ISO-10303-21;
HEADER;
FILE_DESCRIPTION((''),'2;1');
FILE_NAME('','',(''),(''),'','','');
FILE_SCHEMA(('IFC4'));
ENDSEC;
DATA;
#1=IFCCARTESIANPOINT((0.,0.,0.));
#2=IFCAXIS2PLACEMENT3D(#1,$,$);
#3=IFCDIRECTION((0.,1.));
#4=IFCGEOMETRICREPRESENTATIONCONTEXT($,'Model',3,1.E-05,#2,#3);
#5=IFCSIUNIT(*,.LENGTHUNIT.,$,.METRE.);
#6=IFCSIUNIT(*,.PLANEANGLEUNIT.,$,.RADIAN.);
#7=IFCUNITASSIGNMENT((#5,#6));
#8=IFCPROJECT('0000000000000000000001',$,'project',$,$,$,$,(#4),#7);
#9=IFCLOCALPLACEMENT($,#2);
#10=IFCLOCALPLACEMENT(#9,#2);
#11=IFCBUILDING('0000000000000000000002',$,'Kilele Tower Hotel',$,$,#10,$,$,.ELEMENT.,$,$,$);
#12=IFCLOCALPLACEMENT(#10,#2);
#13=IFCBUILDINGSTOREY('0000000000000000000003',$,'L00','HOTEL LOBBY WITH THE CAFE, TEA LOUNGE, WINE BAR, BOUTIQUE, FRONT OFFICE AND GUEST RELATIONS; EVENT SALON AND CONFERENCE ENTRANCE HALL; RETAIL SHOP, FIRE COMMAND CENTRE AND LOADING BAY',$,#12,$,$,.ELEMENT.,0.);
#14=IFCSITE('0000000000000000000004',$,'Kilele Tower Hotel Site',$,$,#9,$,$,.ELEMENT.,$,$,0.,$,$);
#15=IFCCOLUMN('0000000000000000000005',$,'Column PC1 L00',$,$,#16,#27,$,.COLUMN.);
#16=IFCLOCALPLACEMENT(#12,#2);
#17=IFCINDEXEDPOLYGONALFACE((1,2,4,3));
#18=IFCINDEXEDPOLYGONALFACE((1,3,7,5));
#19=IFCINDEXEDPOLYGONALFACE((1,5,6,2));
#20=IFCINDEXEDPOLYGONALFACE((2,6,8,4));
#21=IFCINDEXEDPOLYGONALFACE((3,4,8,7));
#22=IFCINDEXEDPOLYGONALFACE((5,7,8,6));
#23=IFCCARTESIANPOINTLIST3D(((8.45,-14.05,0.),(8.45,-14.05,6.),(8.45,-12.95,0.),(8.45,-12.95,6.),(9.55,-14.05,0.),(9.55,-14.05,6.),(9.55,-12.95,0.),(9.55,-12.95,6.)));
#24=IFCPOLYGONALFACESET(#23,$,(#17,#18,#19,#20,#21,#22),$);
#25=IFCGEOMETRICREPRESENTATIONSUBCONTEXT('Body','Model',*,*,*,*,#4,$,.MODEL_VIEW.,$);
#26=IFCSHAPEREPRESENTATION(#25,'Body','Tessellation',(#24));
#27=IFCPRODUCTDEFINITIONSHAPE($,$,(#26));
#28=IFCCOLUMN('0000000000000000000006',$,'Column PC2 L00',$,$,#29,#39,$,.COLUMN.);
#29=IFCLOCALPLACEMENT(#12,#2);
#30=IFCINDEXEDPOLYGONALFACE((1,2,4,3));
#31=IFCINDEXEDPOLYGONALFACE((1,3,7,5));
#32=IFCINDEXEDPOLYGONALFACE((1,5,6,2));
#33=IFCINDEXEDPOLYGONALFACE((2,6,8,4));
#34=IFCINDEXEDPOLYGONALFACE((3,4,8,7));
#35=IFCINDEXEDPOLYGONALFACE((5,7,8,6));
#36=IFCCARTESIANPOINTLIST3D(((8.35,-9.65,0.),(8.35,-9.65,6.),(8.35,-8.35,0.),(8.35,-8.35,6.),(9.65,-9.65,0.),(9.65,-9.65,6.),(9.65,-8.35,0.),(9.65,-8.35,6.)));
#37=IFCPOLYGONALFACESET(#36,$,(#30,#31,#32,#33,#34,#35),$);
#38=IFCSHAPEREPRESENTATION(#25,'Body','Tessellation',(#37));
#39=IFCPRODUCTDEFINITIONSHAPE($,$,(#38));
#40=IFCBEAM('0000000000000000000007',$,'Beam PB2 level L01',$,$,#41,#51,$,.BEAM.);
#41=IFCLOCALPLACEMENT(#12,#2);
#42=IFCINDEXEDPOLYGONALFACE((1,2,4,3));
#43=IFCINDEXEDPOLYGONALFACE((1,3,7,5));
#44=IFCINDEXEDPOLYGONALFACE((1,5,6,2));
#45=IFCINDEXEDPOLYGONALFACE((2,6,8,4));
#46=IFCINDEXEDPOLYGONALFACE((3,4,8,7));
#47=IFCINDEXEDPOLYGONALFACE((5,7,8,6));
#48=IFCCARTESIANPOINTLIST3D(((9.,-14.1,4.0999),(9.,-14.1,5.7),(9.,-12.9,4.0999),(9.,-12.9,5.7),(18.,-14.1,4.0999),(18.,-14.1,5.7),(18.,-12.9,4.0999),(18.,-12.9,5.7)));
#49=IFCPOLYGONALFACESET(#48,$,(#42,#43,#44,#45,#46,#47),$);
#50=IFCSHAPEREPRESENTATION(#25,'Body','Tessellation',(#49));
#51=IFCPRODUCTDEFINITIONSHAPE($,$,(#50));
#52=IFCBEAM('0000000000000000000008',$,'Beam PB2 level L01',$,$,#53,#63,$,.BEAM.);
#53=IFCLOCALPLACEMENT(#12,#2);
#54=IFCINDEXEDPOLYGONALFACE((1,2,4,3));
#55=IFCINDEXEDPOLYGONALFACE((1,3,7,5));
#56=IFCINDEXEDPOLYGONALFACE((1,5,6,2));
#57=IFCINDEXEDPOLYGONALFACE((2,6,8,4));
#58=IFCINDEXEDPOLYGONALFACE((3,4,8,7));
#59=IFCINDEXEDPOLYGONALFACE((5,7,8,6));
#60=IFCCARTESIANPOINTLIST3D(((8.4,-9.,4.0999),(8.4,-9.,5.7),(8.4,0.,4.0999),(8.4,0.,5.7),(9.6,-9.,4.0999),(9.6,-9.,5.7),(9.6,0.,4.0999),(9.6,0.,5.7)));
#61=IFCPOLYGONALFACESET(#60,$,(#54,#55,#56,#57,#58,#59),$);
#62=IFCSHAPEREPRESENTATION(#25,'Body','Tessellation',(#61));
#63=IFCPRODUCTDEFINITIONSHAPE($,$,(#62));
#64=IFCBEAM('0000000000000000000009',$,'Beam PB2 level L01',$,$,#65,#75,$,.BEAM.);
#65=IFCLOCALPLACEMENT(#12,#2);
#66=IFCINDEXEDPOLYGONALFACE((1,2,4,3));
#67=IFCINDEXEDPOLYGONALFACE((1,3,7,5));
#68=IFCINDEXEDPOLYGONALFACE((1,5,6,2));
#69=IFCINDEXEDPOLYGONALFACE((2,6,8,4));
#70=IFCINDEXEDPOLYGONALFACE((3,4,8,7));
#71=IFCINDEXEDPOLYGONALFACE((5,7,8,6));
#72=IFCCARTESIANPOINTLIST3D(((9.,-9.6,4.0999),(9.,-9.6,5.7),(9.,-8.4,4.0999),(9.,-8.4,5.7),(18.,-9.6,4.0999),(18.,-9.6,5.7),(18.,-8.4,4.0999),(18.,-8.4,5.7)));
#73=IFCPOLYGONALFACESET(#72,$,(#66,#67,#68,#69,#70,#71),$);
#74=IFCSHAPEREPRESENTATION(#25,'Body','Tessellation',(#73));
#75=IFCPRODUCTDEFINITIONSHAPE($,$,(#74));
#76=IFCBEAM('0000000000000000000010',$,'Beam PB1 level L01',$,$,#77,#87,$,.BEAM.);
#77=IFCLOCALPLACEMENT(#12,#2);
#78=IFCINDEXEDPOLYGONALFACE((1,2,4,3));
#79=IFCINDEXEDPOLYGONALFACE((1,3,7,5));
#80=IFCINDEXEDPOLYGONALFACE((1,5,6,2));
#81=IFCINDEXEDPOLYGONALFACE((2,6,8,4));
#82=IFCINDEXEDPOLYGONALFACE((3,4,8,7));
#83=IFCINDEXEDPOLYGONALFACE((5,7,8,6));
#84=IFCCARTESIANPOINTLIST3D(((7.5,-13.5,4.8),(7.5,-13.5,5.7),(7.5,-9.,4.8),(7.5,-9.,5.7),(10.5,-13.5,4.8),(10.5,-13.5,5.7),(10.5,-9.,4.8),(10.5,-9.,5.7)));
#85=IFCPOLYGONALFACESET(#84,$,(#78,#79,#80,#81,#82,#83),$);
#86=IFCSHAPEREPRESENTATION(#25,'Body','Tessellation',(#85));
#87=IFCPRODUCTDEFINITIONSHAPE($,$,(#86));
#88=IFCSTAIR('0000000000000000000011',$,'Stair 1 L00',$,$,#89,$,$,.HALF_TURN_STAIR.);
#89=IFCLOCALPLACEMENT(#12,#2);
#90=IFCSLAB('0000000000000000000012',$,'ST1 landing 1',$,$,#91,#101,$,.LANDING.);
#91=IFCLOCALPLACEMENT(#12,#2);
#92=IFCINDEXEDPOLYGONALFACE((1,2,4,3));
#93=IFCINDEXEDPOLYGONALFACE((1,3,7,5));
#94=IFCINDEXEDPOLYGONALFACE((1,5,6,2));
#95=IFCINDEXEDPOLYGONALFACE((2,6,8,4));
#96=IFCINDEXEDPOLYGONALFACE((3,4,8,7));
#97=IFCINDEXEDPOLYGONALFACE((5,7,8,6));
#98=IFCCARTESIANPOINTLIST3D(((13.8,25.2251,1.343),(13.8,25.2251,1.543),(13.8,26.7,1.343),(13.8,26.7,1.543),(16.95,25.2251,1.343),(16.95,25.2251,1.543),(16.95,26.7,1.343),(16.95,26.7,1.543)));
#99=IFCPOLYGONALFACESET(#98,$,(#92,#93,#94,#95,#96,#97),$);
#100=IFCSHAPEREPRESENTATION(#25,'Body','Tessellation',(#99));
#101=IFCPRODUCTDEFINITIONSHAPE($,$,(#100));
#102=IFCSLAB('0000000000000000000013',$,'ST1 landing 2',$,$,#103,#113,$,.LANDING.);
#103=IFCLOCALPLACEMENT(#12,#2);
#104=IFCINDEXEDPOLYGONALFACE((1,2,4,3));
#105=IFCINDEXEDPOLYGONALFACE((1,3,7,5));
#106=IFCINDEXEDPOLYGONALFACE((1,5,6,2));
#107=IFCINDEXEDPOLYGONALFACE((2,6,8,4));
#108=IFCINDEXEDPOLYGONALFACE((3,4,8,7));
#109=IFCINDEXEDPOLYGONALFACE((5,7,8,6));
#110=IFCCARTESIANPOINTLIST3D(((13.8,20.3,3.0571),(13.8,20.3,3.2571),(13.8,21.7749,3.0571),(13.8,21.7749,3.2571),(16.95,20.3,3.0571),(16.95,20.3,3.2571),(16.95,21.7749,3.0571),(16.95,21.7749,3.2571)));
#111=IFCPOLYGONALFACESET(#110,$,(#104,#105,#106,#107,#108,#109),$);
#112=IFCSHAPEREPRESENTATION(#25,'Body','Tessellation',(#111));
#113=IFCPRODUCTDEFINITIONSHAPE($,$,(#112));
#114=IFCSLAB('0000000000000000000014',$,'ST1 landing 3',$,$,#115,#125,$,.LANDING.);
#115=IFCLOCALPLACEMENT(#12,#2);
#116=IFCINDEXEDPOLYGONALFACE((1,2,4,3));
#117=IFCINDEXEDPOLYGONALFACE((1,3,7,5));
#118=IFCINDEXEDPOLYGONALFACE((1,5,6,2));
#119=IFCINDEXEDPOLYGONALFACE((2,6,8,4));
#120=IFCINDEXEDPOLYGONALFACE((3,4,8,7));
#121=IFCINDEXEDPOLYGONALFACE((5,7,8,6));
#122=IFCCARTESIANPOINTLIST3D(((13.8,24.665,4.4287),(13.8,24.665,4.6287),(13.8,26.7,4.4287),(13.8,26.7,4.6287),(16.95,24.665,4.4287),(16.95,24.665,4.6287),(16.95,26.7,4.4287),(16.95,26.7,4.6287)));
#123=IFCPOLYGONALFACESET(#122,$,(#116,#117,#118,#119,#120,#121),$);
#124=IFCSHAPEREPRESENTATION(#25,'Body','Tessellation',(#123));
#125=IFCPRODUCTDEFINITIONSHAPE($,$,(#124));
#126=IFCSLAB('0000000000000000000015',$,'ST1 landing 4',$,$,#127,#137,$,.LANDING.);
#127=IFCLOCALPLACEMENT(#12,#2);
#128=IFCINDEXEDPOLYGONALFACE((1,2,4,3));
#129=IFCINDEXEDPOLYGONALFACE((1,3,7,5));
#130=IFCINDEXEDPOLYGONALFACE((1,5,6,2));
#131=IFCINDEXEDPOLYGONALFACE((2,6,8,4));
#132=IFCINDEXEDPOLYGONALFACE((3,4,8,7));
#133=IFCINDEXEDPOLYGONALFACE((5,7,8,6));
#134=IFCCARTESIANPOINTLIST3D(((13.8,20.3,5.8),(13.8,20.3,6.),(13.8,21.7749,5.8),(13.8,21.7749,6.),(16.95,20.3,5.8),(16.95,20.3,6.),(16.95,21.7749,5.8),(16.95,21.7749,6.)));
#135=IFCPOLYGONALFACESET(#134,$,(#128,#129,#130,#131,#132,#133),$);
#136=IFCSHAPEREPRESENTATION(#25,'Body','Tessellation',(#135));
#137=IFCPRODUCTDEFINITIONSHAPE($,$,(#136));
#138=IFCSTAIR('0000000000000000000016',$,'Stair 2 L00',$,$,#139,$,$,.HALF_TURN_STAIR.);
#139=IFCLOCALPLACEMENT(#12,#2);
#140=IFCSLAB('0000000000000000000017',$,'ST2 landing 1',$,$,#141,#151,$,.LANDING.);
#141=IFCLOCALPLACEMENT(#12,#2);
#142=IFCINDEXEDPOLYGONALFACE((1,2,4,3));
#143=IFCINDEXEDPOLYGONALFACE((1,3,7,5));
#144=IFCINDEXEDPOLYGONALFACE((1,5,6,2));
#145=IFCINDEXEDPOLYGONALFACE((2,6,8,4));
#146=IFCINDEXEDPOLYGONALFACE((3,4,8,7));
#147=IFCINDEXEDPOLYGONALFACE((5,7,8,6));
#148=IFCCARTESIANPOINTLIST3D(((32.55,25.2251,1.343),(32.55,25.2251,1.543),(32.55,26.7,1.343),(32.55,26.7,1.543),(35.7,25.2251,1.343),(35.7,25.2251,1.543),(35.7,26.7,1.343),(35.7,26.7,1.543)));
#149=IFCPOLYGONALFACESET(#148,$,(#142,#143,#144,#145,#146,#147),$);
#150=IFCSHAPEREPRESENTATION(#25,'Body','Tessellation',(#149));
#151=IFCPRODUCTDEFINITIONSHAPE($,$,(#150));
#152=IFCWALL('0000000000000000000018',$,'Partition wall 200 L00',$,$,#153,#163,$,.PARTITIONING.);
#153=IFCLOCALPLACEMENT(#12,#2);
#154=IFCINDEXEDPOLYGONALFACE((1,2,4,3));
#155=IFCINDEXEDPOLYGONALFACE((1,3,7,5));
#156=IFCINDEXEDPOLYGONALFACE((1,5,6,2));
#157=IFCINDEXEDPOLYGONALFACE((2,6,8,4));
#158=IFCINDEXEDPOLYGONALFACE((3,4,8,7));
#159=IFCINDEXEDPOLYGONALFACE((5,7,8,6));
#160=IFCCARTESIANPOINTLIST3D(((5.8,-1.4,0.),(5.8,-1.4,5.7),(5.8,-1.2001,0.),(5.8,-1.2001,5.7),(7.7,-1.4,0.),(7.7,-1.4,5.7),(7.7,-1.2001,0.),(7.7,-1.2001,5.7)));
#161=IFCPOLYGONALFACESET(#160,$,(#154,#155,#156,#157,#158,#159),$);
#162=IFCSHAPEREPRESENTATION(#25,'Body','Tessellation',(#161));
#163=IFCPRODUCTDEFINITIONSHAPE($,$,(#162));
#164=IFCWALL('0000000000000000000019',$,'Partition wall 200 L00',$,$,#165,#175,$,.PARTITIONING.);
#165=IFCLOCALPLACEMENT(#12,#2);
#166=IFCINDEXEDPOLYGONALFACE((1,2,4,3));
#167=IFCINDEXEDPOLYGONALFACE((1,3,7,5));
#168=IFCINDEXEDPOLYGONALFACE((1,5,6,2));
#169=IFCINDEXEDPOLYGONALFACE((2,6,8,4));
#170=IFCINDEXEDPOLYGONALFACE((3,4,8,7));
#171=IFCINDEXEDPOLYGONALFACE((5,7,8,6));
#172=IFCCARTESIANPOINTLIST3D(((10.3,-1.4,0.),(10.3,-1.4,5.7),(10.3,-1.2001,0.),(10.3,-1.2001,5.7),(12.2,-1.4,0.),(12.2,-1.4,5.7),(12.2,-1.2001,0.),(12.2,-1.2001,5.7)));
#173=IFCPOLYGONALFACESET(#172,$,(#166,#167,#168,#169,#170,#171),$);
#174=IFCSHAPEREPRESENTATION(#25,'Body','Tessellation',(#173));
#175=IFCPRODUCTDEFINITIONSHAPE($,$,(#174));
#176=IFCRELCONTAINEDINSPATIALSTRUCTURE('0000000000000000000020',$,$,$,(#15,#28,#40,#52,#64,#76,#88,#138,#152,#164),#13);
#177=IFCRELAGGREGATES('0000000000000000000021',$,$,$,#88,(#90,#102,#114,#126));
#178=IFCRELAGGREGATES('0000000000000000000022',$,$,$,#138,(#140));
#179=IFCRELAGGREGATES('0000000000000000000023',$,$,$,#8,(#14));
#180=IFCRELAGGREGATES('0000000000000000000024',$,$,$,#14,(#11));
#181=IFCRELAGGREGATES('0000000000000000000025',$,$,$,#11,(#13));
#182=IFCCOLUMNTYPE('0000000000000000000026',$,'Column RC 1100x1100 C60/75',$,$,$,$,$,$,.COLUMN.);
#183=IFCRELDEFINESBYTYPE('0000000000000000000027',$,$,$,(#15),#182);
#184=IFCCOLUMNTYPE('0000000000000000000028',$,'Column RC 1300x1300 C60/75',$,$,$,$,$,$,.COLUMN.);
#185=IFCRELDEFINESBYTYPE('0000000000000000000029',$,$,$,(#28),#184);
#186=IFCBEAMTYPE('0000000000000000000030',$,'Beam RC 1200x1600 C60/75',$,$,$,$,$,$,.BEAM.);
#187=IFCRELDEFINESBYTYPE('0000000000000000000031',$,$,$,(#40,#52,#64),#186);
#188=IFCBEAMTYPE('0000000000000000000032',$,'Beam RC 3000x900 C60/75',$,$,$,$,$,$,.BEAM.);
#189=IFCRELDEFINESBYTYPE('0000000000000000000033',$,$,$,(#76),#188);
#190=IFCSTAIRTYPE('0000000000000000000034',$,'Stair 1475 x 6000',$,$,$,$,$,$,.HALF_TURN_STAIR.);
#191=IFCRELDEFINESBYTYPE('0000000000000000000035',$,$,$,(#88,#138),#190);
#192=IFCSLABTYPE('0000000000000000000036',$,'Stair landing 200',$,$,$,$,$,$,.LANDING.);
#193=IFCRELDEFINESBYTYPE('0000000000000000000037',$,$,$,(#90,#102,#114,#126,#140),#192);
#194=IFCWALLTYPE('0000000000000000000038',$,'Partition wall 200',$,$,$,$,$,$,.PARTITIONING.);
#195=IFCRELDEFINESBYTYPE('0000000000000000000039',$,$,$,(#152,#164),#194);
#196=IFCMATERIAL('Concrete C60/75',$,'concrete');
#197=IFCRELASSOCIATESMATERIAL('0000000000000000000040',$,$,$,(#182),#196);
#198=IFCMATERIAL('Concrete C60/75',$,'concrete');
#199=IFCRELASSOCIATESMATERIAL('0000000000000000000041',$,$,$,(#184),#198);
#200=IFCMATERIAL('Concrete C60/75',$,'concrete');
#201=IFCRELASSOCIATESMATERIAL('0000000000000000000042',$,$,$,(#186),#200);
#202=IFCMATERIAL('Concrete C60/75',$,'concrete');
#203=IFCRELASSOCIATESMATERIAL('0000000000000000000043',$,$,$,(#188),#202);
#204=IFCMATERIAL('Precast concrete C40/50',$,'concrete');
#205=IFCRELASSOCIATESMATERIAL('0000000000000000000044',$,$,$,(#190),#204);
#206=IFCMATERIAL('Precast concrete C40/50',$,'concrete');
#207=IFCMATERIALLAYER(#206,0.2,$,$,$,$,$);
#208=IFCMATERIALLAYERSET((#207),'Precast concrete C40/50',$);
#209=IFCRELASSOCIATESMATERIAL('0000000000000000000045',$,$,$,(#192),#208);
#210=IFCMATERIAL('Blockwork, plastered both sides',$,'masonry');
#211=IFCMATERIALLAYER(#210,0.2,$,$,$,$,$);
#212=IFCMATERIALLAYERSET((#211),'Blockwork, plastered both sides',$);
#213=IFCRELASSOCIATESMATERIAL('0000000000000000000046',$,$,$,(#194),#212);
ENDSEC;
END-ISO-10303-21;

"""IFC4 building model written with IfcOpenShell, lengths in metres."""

from ifc_helpers import new_model, si_unit, direction, frame, frame_2d, origin, origin_2d, place, context, subcontext, project, spatial, polyline, rectangle, outline, extrude, material, layer, layer_set, material_profile, profile_set, type_object, element, aggregate, save


model = new_model("IFC4")

# Units and contexts
model_context = context("Model", 3, precision=1e-05, world=origin(), true_north=direction((0.0, 1.0)))
body_context = subcontext(model_context, "Body", "Model", "MODEL_VIEW")
ifc_project = project(units=[si_unit("LENGTHUNIT", "METRE"), si_unit("PLANEANGLEUNIT", "RADIAN")], contexts=[model_context])

# Site, building, storey
site_placement = place(None, origin())
site = spatial("IfcSite", under=ifc_project, at=site_placement, Name="Kilele Tower Hotel Site", CompositionType="ELEMENT", RefElevation=0.0)
building_placement = place(site_placement, origin())
building = spatial("IfcBuilding", under=site, at=building_placement, Name="Kilele Tower Hotel", CompositionType="ELEMENT")
storey_placement = place(building_placement, origin())
storey = spatial("IfcBuildingStorey", under=building, at=storey_placement, Name="L00", Description="HOTEL LOBBY WITH THE CAFE, TEA LOUNGE, WINE BAR, BOUTIQUE, FRONT OFFICE AND GUEST RELATIONS; EVENT SALON AND CONFERENCE ENTRANCE HALL; RETAIL SHOP, FIRE COMMAND CENTRE AND LOADING BAY", CompositionType="ELEMENT", Elevation=0.0)

# Columns
ifc_material_1 = material(Name="Concrete C60/75", Category="concrete")
ifc_material_profile_1 = material_profile(ifc_material_1, rectangle(XDim=1.1001, YDim=1.1001, at=origin_2d()))
ifc_profile_set_1 = profile_set([ifc_material_profile_1], Name="Concrete C60/75")
column_type_1 = type_object("IfcColumnType", Name="Column RC 1100x1100 C60/75", PredefinedType="COLUMN", material=ifc_profile_set_1)
column_1_placement = place(storey_placement, frame((9.0, -13.5, 0.0), z_axis=(0.0, 0.0, 1.0), x_axis=(1.0, 0.0, 0.0)))
element("IfcColumn", 1, at=column_1_placement, inside=storey, type_object=column_type_1, Name="Column PC1 L00", PredefinedType="COLUMN", context=body_context, shape_type="SweptSolid", body=[
    extrude(rectangle(XDim=1.1001, YDim=1.1001, at=origin_2d()), origin(), (0.0, 0.0, 1.0), 6.0),
])
ifc_material_2 = material(Name="Concrete C60/75", Category="concrete")
ifc_material_profile_2 = material_profile(ifc_material_2, rectangle(XDim=1.3, YDim=1.3, at=origin_2d()))
ifc_profile_set_2 = profile_set([ifc_material_profile_2], Name="Concrete C60/75")
column_type_2 = type_object("IfcColumnType", Name="Column RC 1300x1300 C60/75", PredefinedType="COLUMN", material=ifc_profile_set_2)
column_2_placement = place(storey_placement, frame((9.0, -9.0, 0.0), z_axis=(0.0, 0.0, 1.0), x_axis=(1.0, 0.0, 0.0)))
element("IfcColumn", 2, at=column_2_placement, inside=storey, type_object=column_type_2, Name="Column PC2 L00", PredefinedType="COLUMN", context=body_context, shape_type="SweptSolid", body=[
    extrude(rectangle(XDim=1.3, YDim=1.3, at=origin_2d()), origin(), (0.0, 0.0, 1.0), 6.0),
])

# Beams
ifc_material_3 = material(Name="Concrete C60/75", Category="concrete")
ifc_material_profile_3 = material_profile(ifc_material_3, rectangle(XDim=1.2, YDim=1.6001, at=origin_2d()))
ifc_profile_set_3 = profile_set([ifc_material_profile_3], Name="Concrete C60/75")
beam_type_1 = type_object("IfcBeamType", Name="Beam RC 1200x1600 C60/75", PredefinedType="BEAM", material=ifc_profile_set_3)
for number, where, z_axis, x_axis, name in (
    (3, (9.0, -13.5, 4.8999), (1.0, 0.0, 0.0), (0.0, 1.0, 0.0), "Beam PB2 level L01"),
    (4, (9.0, -9.0, 4.8999), (0.0, 1.0, 0.0), (-1.0, 0.0, 0.0), "Beam PB2 level L01"),
    (5, (9.0, -9.0, 4.8999), (1.0, 0.0, 0.0), (0.0, 1.0, 0.0), "Beam PB2 level L01"),
):
    element("IfcBeam", number, at=place(storey_placement, frame(where, z_axis=z_axis, x_axis=x_axis)), inside=storey, type_object=beam_type_1, Name=name, PredefinedType="BEAM", context=body_context, shape_type="SweptSolid", body=[
        extrude(rectangle(XDim=1.2, YDim=1.6001, at=origin_2d()), origin(), (0.0, 0.0, 1.0), 9.0),
    ])
ifc_material_4 = material(Name="Concrete C60/75", Category="concrete")
ifc_material_profile_4 = material_profile(ifc_material_4, rectangle(XDim=3.0, YDim=0.8999, at=origin_2d()))
ifc_profile_set_4 = profile_set([ifc_material_profile_4], Name="Concrete C60/75")
beam_type_2 = type_object("IfcBeamType", Name="Beam RC 3000x900 C60/75", PredefinedType="BEAM", material=ifc_profile_set_4)
beam_placement = place(storey_placement, frame((9.0, -13.5, 5.25), z_axis=(0.0, 1.0, 0.0), x_axis=(-1.0, 0.0, 0.0)))
element("IfcBeam", 6, at=beam_placement, inside=storey, type_object=beam_type_2, Name="Beam PB1 level L01", PredefinedType="BEAM", context=body_context, shape_type="SweptSolid", body=[
    extrude(rectangle(XDim=3.0, YDim=0.8999, at=origin_2d()), origin(), (0.0, 0.0, 1.0), 4.5),
])

# Stair, slabs
ifc_material_5 = material(Name="Precast concrete C40/50", Category="concrete")
stair_type = type_object("IfcStairType", Name="Stair 1475 x 6000", PredefinedType="HALF_TURN_STAIR", material=ifc_material_5)
stair_1_placement = place(storey_placement, origin())
stair_1 = element("IfcStair", 7, at=stair_1_placement, inside=storey, type_object=stair_type, Name="Stair 1 L00", PredefinedType="HALF_TURN_STAIR")
ifc_material_6 = material(Name="Precast concrete C40/50", Category="concrete")
ifc_layer_1 = layer(ifc_material_6, 0.2)
ifc_layer_set_1 = layer_set([ifc_layer_1], Name="Precast concrete C40/50")
slab_type = type_object("IfcSlabType", Name="Stair landing 200", PredefinedType="LANDING", material=ifc_layer_set_1)
slab_1_placement = place(storey_placement, frame((0.0, 0.0, 1.343)))
slab_1 = element("IfcSlab", 8, at=slab_1_placement, type_object=slab_type, Name="ST1 landing 1", PredefinedType="LANDING", context=body_context, shape_type="SweptSolid", body=[
    extrude(outline(polyline([(13.8, 25.2251), (16.95, 25.2251), (16.95, 26.7), (13.8, 26.7), (13.8, 25.2251)])), origin(), (0.0, 0.0, 1.0), 0.2),
])
slab_2_placement = place(storey_placement, frame((0.0, 0.0, 3.0571)))
slab_2 = element("IfcSlab", 9, at=slab_2_placement, type_object=slab_type, Name="ST1 landing 2", PredefinedType="LANDING", context=body_context, shape_type="SweptSolid", body=[
    extrude(outline(polyline([(13.8, 20.3), (16.95, 20.3), (16.95, 21.7749), (13.8, 21.7749), (13.8, 20.3)])), origin(), (0.0, 0.0, 1.0), 0.2),
])
slab_3_placement = place(storey_placement, frame((0.0, 0.0, 4.4287)))
slab_3 = element("IfcSlab", 10, at=slab_3_placement, type_object=slab_type, Name="ST1 landing 3", PredefinedType="LANDING", context=body_context, shape_type="SweptSolid", body=[
    extrude(outline(polyline([(13.8, 24.665), (16.95, 24.665), (16.95, 26.7), (13.8, 26.7), (13.8, 24.665)])), origin(), (0.0, 0.0, 1.0), 0.2),
])
slab_4_placement = place(storey_placement, frame((0.0, 0.0, 5.8)))
slab_4 = element("IfcSlab", 11, at=slab_4_placement, type_object=slab_type, Name="ST1 landing 4", PredefinedType="LANDING", context=body_context, shape_type="SweptSolid", body=[
    extrude(outline(polyline([(13.8, 20.3), (16.95, 20.3), (16.95, 21.7749), (13.8, 21.7749), (13.8, 20.3)])), origin(), (0.0, 0.0, 1.0), 0.2),
])
aggregate(stair_1, [slab_1, slab_2, slab_3, slab_4])

# Stair, slab
stair_2_placement = place(storey_placement, origin())
stair_2 = element("IfcStair", 12, at=stair_2_placement, inside=storey, type_object=stair_type, Name="Stair 2 L00", PredefinedType="HALF_TURN_STAIR")
slab_5_placement = place(storey_placement, frame((0.0, 0.0, 1.343)))
slab_5 = element("IfcSlab", 13, at=slab_5_placement, type_object=slab_type, Name="ST2 landing 1", PredefinedType="LANDING", context=body_context, shape_type="SweptSolid", body=[
    extrude(outline(polyline([(32.55, 25.2251), (35.7, 25.2251), (35.7, 26.7), (32.55, 26.7), (32.55, 25.2251)])), origin(), (0.0, 0.0, 1.0), 0.2),
])
aggregate(stair_2, [slab_5])

# Walls
ifc_material_7 = material(Name="Blockwork, plastered both sides", Category="masonry")
ifc_layer_2 = layer(ifc_material_7, 0.2)
ifc_layer_set_2 = layer_set([ifc_layer_2], Name="Blockwork, plastered both sides")
wall_type_1 = type_object("IfcWallType", Name="Partition wall 200", PredefinedType="PARTITIONING", material=ifc_layer_set_2)
for number, where, z_axis, x_axis, name in (
    (14, (5.8, -1.3, 0.0), (0.0, 0.0, 1.0), (1.0, 0.0, 0.0), "Partition wall 200 L00"),
    (15, (10.3, -1.3, 0.0), (0.0, 0.0, 1.0), (1.0, 0.0, 0.0), "Partition wall 200 L00"),
):
    element("IfcWall", number, at=place(storey_placement, frame(where, z_axis=z_axis, x_axis=x_axis)), inside=storey, type_object=wall_type_1, Name=name, PredefinedType="PARTITIONING", context=body_context, shape_type="SweptSolid", body=[
        extrude(rectangle(XDim=1.8999, YDim=0.2, at=frame_2d((0.95, 0.0))), origin(), (0.0, 0.0, 1.0), 5.7),
    ])

save(model, "model.ifc")
